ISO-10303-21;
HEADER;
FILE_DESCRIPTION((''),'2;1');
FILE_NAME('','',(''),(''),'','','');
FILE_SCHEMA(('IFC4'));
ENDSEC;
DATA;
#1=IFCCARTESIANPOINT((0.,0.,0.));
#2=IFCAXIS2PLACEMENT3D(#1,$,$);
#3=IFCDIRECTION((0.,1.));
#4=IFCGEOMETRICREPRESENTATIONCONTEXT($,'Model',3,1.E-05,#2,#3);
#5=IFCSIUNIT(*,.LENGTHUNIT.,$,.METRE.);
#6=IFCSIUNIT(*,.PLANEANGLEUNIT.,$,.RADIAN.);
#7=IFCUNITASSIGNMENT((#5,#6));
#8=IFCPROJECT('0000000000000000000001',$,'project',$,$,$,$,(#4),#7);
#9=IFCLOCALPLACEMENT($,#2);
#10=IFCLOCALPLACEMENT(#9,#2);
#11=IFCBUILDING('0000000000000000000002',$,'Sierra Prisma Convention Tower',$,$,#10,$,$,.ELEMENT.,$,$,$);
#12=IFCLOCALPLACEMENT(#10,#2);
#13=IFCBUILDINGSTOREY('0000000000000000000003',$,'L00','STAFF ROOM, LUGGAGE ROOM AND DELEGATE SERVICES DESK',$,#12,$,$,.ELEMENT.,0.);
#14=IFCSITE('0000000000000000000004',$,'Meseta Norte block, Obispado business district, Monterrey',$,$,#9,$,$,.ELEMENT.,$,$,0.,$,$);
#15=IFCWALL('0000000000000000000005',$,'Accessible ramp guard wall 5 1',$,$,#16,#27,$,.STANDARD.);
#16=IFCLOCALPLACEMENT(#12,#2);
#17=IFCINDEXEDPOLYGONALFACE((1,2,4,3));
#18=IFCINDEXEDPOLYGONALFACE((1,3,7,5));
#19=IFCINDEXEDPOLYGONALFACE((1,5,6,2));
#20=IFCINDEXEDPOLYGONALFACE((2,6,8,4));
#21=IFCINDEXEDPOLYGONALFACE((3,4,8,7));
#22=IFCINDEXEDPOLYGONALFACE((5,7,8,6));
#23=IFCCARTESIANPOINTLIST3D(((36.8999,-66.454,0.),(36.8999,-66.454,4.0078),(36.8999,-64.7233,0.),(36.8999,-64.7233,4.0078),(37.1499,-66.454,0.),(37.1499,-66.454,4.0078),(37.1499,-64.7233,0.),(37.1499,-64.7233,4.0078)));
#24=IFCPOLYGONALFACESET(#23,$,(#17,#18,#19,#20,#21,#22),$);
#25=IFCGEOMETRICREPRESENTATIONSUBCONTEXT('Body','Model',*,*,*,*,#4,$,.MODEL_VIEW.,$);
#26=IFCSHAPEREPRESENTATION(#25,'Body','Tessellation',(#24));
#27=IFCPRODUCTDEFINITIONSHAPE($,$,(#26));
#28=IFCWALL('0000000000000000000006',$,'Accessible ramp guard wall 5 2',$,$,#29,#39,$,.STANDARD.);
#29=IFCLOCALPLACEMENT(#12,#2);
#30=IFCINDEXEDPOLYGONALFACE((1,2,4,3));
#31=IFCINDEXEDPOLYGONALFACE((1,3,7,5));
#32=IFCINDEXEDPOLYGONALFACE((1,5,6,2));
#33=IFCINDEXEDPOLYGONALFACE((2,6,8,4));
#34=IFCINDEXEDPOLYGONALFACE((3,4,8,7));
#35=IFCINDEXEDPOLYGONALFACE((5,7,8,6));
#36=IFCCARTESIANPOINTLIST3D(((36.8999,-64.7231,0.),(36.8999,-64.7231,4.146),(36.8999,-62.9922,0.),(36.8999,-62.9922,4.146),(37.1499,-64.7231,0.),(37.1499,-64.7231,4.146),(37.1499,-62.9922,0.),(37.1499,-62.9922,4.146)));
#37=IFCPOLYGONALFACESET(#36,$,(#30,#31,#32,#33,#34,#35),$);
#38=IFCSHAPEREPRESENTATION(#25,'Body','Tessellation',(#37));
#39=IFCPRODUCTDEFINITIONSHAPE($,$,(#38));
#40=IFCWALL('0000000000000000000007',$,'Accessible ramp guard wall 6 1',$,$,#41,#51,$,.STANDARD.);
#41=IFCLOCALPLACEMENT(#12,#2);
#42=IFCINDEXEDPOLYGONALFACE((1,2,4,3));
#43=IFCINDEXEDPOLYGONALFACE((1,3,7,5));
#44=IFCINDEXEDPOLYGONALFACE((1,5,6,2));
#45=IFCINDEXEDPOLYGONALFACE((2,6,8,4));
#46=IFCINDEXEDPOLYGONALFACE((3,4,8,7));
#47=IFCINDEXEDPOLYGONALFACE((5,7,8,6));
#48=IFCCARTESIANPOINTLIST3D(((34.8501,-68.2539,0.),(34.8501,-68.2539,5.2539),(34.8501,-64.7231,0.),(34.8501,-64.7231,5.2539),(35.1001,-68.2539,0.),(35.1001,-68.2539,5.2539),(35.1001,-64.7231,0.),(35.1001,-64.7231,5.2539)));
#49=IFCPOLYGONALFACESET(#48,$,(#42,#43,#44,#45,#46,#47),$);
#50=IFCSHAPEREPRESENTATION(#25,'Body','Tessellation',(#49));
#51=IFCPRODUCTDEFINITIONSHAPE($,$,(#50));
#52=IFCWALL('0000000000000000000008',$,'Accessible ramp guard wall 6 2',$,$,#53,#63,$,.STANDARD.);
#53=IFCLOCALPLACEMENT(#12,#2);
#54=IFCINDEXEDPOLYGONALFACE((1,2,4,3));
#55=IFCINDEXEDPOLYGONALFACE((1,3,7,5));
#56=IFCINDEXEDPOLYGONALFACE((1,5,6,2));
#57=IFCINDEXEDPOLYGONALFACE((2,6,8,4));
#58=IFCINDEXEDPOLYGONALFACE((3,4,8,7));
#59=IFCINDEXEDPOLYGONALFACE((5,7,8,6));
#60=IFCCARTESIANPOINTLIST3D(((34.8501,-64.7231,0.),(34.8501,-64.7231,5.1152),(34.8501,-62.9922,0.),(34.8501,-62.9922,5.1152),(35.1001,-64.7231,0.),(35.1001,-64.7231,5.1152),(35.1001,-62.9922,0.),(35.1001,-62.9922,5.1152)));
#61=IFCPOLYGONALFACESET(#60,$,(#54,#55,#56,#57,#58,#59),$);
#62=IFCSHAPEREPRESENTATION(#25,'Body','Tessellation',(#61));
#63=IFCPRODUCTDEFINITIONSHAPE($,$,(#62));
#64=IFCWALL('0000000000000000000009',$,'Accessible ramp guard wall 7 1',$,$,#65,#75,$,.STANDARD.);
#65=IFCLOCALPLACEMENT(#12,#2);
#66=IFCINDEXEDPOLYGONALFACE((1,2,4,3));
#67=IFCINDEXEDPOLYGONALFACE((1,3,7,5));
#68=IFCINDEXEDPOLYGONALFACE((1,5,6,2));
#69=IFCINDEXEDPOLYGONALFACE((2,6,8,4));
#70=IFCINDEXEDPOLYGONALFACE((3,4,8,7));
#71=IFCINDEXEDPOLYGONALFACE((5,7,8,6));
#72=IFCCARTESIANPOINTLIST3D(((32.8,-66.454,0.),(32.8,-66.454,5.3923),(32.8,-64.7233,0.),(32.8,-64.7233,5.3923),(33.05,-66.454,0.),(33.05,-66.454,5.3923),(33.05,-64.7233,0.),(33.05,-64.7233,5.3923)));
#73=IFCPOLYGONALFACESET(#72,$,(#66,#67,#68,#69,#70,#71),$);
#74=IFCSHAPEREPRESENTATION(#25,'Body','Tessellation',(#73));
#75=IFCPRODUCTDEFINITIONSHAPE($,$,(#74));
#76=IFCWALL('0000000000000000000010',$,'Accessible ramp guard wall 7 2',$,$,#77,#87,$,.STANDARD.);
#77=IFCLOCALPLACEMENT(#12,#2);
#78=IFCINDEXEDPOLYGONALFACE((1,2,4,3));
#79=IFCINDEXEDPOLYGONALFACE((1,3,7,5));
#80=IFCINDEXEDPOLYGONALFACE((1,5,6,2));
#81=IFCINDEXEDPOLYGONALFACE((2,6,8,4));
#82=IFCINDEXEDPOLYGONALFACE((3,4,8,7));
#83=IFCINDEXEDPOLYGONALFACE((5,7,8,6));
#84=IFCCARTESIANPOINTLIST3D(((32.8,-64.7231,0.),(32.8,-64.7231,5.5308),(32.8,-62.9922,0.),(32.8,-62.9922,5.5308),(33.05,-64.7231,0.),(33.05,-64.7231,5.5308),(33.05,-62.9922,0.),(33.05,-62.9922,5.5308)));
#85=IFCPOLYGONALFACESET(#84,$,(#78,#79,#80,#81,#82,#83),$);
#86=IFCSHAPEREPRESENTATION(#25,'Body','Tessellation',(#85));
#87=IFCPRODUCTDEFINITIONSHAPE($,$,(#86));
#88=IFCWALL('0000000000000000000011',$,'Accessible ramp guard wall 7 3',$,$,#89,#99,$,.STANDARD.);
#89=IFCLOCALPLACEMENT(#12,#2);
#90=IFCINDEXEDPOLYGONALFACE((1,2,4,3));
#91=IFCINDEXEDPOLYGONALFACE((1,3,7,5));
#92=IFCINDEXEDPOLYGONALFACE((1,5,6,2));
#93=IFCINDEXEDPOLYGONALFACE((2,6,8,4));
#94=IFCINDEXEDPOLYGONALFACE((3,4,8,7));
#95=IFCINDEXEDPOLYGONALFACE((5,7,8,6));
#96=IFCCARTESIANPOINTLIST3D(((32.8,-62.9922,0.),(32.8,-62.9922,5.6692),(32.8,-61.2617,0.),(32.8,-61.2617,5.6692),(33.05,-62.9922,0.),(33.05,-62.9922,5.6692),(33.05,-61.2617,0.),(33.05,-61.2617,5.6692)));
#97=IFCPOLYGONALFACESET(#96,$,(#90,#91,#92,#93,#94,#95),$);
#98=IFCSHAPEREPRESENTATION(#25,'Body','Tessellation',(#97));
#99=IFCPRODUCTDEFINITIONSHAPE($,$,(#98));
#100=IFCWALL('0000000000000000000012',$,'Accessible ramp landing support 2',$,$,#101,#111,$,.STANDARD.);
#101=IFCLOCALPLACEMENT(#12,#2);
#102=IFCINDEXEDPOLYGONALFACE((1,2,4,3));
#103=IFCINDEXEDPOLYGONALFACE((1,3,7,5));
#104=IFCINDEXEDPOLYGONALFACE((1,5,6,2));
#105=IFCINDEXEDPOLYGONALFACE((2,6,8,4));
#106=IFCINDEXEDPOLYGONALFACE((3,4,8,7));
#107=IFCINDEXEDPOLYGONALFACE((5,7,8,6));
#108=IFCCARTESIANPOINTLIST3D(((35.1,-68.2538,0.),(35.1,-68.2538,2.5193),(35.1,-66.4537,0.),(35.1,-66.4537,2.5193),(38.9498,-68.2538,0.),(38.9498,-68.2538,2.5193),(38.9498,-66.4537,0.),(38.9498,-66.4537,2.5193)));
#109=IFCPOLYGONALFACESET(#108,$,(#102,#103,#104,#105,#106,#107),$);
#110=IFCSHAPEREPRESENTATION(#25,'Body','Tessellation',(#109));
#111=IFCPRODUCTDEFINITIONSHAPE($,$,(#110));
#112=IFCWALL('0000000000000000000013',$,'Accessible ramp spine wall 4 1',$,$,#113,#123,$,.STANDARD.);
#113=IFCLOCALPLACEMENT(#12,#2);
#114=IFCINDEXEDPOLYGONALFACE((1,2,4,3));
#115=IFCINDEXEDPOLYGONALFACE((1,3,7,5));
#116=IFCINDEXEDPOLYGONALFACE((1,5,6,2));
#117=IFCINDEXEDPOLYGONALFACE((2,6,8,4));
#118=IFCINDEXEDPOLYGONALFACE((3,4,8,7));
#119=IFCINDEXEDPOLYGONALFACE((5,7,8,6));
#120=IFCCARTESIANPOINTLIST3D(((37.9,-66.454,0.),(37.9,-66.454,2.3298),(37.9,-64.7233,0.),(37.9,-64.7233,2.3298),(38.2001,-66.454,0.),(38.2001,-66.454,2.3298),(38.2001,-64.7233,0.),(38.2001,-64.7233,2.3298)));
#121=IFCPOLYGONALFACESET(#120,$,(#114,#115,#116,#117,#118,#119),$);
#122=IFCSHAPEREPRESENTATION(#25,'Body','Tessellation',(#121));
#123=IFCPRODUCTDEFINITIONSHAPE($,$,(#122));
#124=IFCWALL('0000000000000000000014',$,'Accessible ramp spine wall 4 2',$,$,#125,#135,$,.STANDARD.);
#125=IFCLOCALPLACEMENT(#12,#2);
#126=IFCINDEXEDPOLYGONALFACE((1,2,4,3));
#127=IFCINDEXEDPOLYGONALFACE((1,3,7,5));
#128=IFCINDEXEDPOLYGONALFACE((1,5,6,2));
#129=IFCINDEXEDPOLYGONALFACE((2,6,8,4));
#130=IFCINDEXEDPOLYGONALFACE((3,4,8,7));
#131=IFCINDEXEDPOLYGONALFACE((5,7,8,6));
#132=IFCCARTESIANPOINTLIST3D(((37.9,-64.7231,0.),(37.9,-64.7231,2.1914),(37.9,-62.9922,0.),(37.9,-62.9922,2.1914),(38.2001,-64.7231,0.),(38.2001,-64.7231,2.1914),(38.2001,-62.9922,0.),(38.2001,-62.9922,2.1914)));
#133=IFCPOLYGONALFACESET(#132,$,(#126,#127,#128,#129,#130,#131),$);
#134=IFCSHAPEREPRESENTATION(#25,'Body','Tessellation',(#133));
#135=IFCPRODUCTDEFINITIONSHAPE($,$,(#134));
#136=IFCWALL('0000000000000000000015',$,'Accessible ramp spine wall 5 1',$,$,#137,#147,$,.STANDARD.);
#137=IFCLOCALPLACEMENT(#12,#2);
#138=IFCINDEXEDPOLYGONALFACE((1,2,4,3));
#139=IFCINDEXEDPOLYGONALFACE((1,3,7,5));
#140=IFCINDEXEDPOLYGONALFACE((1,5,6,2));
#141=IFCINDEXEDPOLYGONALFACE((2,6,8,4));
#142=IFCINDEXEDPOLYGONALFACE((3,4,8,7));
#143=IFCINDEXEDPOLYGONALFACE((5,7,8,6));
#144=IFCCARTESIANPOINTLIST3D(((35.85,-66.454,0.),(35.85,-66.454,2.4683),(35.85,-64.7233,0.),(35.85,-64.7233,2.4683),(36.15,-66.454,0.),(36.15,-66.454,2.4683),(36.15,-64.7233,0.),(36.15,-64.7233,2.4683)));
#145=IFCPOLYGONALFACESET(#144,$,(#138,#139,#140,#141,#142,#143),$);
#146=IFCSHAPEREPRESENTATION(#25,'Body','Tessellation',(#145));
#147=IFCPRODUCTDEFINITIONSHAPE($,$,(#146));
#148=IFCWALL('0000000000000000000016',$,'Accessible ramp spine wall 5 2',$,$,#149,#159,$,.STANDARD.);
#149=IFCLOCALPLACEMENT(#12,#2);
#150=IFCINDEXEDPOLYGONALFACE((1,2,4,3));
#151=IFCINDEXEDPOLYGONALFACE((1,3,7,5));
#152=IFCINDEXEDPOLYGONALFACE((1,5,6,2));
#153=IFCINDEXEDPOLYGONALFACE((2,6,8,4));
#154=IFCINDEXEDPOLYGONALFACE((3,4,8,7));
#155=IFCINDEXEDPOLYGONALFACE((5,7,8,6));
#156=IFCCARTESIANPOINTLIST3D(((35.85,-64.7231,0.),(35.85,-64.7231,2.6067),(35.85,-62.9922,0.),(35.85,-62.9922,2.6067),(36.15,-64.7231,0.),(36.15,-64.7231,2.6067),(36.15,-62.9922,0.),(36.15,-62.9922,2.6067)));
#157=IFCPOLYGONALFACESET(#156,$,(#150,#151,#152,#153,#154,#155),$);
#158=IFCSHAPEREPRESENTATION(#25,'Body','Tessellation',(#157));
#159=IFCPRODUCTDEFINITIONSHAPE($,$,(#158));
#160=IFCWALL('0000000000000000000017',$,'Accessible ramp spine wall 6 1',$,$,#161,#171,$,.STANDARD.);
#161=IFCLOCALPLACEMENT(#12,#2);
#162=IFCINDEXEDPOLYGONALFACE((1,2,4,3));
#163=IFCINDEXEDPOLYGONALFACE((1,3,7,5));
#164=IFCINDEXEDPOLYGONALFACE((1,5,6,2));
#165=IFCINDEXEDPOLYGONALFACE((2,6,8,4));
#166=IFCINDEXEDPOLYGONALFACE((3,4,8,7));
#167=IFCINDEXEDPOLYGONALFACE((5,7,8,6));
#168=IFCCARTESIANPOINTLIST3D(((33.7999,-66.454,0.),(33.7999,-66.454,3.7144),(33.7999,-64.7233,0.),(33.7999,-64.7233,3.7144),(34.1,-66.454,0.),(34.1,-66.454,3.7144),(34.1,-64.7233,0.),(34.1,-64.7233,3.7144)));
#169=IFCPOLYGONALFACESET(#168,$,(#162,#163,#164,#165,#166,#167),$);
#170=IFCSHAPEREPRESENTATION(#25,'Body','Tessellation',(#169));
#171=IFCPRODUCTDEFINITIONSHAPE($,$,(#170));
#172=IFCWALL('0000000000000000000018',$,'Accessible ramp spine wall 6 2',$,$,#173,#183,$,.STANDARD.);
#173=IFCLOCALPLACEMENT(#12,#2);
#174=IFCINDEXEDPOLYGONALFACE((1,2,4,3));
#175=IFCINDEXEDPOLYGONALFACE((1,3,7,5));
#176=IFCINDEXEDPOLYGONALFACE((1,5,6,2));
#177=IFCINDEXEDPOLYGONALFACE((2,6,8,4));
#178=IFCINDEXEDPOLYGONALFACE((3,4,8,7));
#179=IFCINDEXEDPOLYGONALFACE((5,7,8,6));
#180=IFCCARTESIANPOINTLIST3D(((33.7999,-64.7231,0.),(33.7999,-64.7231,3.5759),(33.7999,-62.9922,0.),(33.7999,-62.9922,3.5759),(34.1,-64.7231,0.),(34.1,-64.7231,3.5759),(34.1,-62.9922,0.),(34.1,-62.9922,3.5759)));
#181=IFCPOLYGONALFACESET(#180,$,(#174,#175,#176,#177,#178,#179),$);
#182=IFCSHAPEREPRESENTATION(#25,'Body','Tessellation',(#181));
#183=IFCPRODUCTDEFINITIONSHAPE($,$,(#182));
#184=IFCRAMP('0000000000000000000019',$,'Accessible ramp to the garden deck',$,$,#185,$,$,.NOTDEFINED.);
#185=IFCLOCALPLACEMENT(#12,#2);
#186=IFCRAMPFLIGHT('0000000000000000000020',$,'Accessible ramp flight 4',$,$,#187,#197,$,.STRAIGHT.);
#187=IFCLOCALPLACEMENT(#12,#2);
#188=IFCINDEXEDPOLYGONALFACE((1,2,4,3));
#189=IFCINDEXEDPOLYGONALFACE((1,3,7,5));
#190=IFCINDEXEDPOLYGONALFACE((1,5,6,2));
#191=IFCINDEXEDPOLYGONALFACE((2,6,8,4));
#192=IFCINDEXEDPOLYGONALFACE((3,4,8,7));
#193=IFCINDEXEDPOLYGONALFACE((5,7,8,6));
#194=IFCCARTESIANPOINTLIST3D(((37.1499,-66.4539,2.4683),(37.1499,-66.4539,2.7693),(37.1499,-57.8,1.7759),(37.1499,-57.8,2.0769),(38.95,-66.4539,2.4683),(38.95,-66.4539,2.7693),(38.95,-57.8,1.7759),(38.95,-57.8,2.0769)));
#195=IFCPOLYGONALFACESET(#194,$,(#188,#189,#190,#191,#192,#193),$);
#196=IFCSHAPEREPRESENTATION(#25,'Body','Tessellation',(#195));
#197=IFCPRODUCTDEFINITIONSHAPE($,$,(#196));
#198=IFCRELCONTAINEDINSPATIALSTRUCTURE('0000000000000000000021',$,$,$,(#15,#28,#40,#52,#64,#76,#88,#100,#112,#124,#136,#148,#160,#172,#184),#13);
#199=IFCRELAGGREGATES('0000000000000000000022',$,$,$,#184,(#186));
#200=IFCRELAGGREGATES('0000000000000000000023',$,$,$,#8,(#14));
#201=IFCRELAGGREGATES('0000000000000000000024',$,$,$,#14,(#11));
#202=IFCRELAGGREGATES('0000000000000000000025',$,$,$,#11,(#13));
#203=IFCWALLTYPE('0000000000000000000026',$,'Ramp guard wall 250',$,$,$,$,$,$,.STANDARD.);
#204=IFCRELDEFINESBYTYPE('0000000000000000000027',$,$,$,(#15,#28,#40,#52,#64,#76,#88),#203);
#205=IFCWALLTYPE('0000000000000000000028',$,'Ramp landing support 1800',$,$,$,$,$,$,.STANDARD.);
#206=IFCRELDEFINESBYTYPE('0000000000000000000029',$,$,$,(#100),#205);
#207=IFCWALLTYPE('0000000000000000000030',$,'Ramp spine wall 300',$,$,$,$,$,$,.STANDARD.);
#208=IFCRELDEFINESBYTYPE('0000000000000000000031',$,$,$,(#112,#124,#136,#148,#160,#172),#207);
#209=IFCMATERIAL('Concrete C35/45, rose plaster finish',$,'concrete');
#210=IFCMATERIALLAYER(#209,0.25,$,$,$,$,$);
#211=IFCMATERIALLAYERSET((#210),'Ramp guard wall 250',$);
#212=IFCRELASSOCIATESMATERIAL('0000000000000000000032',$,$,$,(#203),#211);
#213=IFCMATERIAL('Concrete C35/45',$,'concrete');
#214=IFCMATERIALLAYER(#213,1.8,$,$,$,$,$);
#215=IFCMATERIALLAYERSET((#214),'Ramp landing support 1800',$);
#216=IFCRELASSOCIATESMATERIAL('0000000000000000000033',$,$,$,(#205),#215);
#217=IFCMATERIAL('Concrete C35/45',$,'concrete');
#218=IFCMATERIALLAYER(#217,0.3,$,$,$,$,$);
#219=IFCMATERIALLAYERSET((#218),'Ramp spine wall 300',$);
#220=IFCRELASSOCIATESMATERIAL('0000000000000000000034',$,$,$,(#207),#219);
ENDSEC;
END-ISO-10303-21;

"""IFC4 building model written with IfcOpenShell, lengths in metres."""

from ifc_helpers import new_model, si_unit, direction, frame, frame_2d, origin, place, context, subcontext, project, spatial, polyline, rectangle, outline, extrude, material, layer, layer_set, type_object, element, aggregate, save


model = new_model("IFC4")

# Units and contexts
model_context = context("Model", 3, precision=1e-05, world=origin(), true_north=direction((0.0, 1.0)))
body_context = subcontext(model_context, "Body", "Model", "MODEL_VIEW")
ifc_project = project(units=[si_unit("LENGTHUNIT", "METRE"), si_unit("PLANEANGLEUNIT", "RADIAN")], contexts=[model_context])

# Site, building, storey
site_placement = place(None, origin())
site = spatial("IfcSite", under=ifc_project, at=site_placement, Name="Meseta Norte block, Obispado business district, Monterrey", CompositionType="ELEMENT", RefElevation=0.0)
building_placement = place(site_placement, origin())
building = spatial("IfcBuilding", under=site, at=building_placement, Name="Sierra Prisma Convention Tower", CompositionType="ELEMENT")
storey_placement = place(building_placement, origin())
storey = spatial("IfcBuildingStorey", under=building, at=storey_placement, Name="L00", Description="STAFF ROOM, LUGGAGE ROOM AND DELEGATE SERVICES DESK", CompositionType="ELEMENT", Elevation=0.0)

# Walls
ifc_material_1 = material(Name="Concrete C35/45, rose plaster finish", Category="concrete")
ifc_layer_1 = layer(ifc_material_1, 0.25)
ifc_layer_set_1 = layer_set([ifc_layer_1], Name="Ramp guard wall 250")
wall_type_1 = type_object("IfcWallType", Name="Ramp guard wall 250", PredefinedType="STANDARD", material=ifc_layer_set_1)
wall_1_placement = place(storey_placement, frame((37.0249, -66.4539, 0.0), z_axis=(0.0, 0.0, 1.0), x_axis=(0.0, 1.0, 0.0)))
element("IfcWall", 1, at=wall_1_placement, inside=storey, type_object=wall_type_1, Name="Accessible ramp guard wall 5 1", PredefinedType="STANDARD", context=body_context, shape_type="SweptSolid", body=[
    extrude(rectangle(XDim=1.7307, YDim=0.25, at=frame_2d((0.8652, 0.0))), origin(), (0.0, 0.0, 1.0), 4.0078),
])
wall_2_placement = place(storey_placement, frame((37.0249, -64.7231, 0.0), z_axis=(0.0, 0.0, 1.0), x_axis=(0.0, 1.0, 0.0)))
element("IfcWall", 2, at=wall_2_placement, inside=storey, type_object=wall_type_1, Name="Accessible ramp guard wall 5 2", PredefinedType="STANDARD", context=body_context, shape_type="SweptSolid", body=[
    extrude(rectangle(XDim=1.731, YDim=0.25, at=frame_2d((0.8655, 0.0))), origin(), (0.0, 0.0, 1.0), 4.146),
])
wall_3_placement = place(storey_placement, frame((34.9751, -68.2539, 0.0), z_axis=(0.0, 0.0, 1.0), x_axis=(0.0, 1.0, 0.0)))
element("IfcWall", 3, at=wall_3_placement, inside=storey, type_object=wall_type_1, Name="Accessible ramp guard wall 6 1", PredefinedType="STANDARD", context=body_context, shape_type="SweptSolid", body=[
    extrude(rectangle(XDim=3.5308, YDim=0.25, at=frame_2d((1.7654, 0.0))), origin(), (0.0, 0.0, 1.0), 5.2539),
])
wall_4_placement = place(storey_placement, frame((34.9751, -64.7231, 0.0), z_axis=(0.0, 0.0, 1.0), x_axis=(0.0, 1.0, 0.0)))
element("IfcWall", 4, at=wall_4_placement, inside=storey, type_object=wall_type_1, Name="Accessible ramp guard wall 6 2", PredefinedType="STANDARD", context=body_context, shape_type="SweptSolid", body=[
    extrude(rectangle(XDim=1.731, YDim=0.25, at=frame_2d((0.8655, 0.0))), origin(), (0.0, 0.0, 1.0), 5.1152),
])
wall_5_placement = place(storey_placement, frame((32.925, -66.4539, 0.0), z_axis=(0.0, 0.0, 1.0), x_axis=(0.0, 1.0, 0.0)))
element("IfcWall", 5, at=wall_5_placement, inside=storey, type_object=wall_type_1, Name="Accessible ramp guard wall 7 1", PredefinedType="STANDARD", context=body_context, shape_type="SweptSolid", body=[
    extrude(rectangle(XDim=1.7307, YDim=0.25, at=frame_2d((0.8652, 0.0))), origin(), (0.0, 0.0, 1.0), 5.3923),
])
wall_6_placement = place(storey_placement, frame((32.925, -64.7231, 0.0), z_axis=(0.0, 0.0, 1.0), x_axis=(0.0, 1.0, 0.0)))
element("IfcWall", 6, at=wall_6_placement, inside=storey, type_object=wall_type_1, Name="Accessible ramp guard wall 7 2", PredefinedType="STANDARD", context=body_context, shape_type="SweptSolid", body=[
    extrude(rectangle(XDim=1.731, YDim=0.25, at=frame_2d((0.8655, 0.0))), origin(), (0.0, 0.0, 1.0), 5.5308),
])
wall_7_placement = place(storey_placement, frame((32.925, -62.9922, 0.0), z_axis=(0.0, 0.0, 1.0), x_axis=(0.0, 1.0, 0.0)))
element("IfcWall", 7, at=wall_7_placement, inside=storey, type_object=wall_type_1, Name="Accessible ramp guard wall 7 3", PredefinedType="STANDARD", context=body_context, shape_type="SweptSolid", body=[
    extrude(rectangle(XDim=1.7305, YDim=0.25, at=frame_2d((0.8652, 0.0))), origin(), (0.0, 0.0, 1.0), 5.6692),
])
ifc_material_2 = material(Name="Concrete C35/45", Category="concrete")
ifc_layer_2 = layer(ifc_material_2, 1.8)
ifc_layer_set_2 = layer_set([ifc_layer_2], Name="Ramp landing support 1800")
wall_type_2 = type_object("IfcWallType", Name="Ramp landing support 1800", PredefinedType="STANDARD", material=ifc_layer_set_2)
wall_8_placement = place(storey_placement, frame((35.1001, -67.3538, 0.0), z_axis=(0.0, 0.0, 1.0), x_axis=(1.0, 0.0, 0.0)))
element("IfcWall", 8, at=wall_8_placement, inside=storey, type_object=wall_type_2, Name="Accessible ramp landing support 2", PredefinedType="STANDARD", context=body_context, shape_type="SweptSolid", body=[
    extrude(rectangle(XDim=3.8499, YDim=1.8, at=frame_2d((1.9248, 0.0))), origin(), (0.0, 0.0, 1.0), 2.5193),
])
ifc_material_3 = material(Name="Concrete C35/45", Category="concrete")
ifc_layer_3 = layer(ifc_material_3, 0.3)
ifc_layer_set_3 = layer_set([ifc_layer_3], Name="Ramp spine wall 300")
wall_type_3 = type_object("IfcWallType", Name="Ramp spine wall 300", PredefinedType="STANDARD", material=ifc_layer_set_3)
wall_9_placement = place(storey_placement, frame((38.05, -66.4539, 0.0), z_axis=(0.0, 0.0, 1.0), x_axis=(0.0, 1.0, 0.0)))
element("IfcWall", 9, at=wall_9_placement, inside=storey, type_object=wall_type_3, Name="Accessible ramp spine wall 4 1", PredefinedType="STANDARD", context=body_context, shape_type="SweptSolid", body=[
    extrude(rectangle(XDim=1.7307, YDim=0.3, at=frame_2d((0.8652, 0.0))), origin(), (0.0, 0.0, 1.0), 2.3298),
])
wall_10_placement = place(storey_placement, frame((38.05, -64.7231, 0.0), z_axis=(0.0, 0.0, 1.0), x_axis=(0.0, 1.0, 0.0)))
element("IfcWall", 10, at=wall_10_placement, inside=storey, type_object=wall_type_3, Name="Accessible ramp spine wall 4 2", PredefinedType="STANDARD", context=body_context, shape_type="SweptSolid", body=[
    extrude(rectangle(XDim=1.731, YDim=0.3, at=frame_2d((0.8655, 0.0))), origin(), (0.0, 0.0, 1.0), 2.1914),
])
wall_11_placement = place(storey_placement, frame((36.0, -66.4539, 0.0), z_axis=(0.0, 0.0, 1.0), x_axis=(0.0, 1.0, 0.0)))
element("IfcWall", 11, at=wall_11_placement, inside=storey, type_object=wall_type_3, Name="Accessible ramp spine wall 5 1", PredefinedType="STANDARD", context=body_context, shape_type="SweptSolid", body=[
    extrude(rectangle(XDim=1.7307, YDim=0.3, at=frame_2d((0.8652, 0.0))), origin(), (0.0, 0.0, 1.0), 2.4683),
])
wall_12_placement = place(storey_placement, frame((36.0, -64.7231, 0.0), z_axis=(0.0, 0.0, 1.0), x_axis=(0.0, 1.0, 0.0)))
element("IfcWall", 12, at=wall_12_placement, inside=storey, type_object=wall_type_3, Name="Accessible ramp spine wall 5 2", PredefinedType="STANDARD", context=body_context, shape_type="SweptSolid", body=[
    extrude(rectangle(XDim=1.731, YDim=0.3, at=frame_2d((0.8655, 0.0))), origin(), (0.0, 0.0, 1.0), 2.6067),
])
wall_13_placement = place(storey_placement, frame((33.95, -66.4539, 0.0), z_axis=(0.0, 0.0, 1.0), x_axis=(0.0, 1.0, 0.0)))
element("IfcWall", 13, at=wall_13_placement, inside=storey, type_object=wall_type_3, Name="Accessible ramp spine wall 6 1", PredefinedType="STANDARD", context=body_context, shape_type="SweptSolid", body=[
    extrude(rectangle(XDim=1.7307, YDim=0.3, at=frame_2d((0.8652, 0.0))), origin(), (0.0, 0.0, 1.0), 3.7144),
])
wall_14_placement = place(storey_placement, frame((33.95, -64.7231, 0.0), z_axis=(0.0, 0.0, 1.0), x_axis=(0.0, 1.0, 0.0)))
element("IfcWall", 14, at=wall_14_placement, inside=storey, type_object=wall_type_3, Name="Accessible ramp spine wall 6 2", PredefinedType="STANDARD", context=body_context, shape_type="SweptSolid", body=[
    extrude(rectangle(XDim=1.731, YDim=0.3, at=frame_2d((0.8655, 0.0))), origin(), (0.0, 0.0, 1.0), 3.5759),
])

# Ramp, ramp flight
ramp_placement = place(storey_placement, origin())
ramp = element("IfcRamp", 15, at=ramp_placement, inside=storey, Name="Accessible ramp to the garden deck", PredefinedType="NOTDEFINED")
ramp_flight_1_placement = place(storey_placement, frame((37.1499, -66.4539, 2.7693), z_axis=(0.0, 0.0, 1.0), x_axis=(0.0, 1.0, 0.0)))
ramp_flight_1 = element("IfcRampFlight", 16, at=ramp_flight_1_placement, Name="Accessible ramp flight 4", PredefinedType="STRAIGHT", context=body_context, shape_type="SweptSolid", body=[
    extrude(outline(polyline([(0.0, -0.301), (8.6538, -0.9934), (8.6538, -0.6924), (0.0, 0.0), (0.0, -0.301)])), frame((0.0, 0.0, 0.0), z_axis=(0.0, -1.0, 0.0), x_axis=(1.0, 0.0, 0.0)), (0.0, 0.0, 1.0), 1.8),
])
aggregate(ramp, [ramp_flight_1])

save(model, "model.ifc")
